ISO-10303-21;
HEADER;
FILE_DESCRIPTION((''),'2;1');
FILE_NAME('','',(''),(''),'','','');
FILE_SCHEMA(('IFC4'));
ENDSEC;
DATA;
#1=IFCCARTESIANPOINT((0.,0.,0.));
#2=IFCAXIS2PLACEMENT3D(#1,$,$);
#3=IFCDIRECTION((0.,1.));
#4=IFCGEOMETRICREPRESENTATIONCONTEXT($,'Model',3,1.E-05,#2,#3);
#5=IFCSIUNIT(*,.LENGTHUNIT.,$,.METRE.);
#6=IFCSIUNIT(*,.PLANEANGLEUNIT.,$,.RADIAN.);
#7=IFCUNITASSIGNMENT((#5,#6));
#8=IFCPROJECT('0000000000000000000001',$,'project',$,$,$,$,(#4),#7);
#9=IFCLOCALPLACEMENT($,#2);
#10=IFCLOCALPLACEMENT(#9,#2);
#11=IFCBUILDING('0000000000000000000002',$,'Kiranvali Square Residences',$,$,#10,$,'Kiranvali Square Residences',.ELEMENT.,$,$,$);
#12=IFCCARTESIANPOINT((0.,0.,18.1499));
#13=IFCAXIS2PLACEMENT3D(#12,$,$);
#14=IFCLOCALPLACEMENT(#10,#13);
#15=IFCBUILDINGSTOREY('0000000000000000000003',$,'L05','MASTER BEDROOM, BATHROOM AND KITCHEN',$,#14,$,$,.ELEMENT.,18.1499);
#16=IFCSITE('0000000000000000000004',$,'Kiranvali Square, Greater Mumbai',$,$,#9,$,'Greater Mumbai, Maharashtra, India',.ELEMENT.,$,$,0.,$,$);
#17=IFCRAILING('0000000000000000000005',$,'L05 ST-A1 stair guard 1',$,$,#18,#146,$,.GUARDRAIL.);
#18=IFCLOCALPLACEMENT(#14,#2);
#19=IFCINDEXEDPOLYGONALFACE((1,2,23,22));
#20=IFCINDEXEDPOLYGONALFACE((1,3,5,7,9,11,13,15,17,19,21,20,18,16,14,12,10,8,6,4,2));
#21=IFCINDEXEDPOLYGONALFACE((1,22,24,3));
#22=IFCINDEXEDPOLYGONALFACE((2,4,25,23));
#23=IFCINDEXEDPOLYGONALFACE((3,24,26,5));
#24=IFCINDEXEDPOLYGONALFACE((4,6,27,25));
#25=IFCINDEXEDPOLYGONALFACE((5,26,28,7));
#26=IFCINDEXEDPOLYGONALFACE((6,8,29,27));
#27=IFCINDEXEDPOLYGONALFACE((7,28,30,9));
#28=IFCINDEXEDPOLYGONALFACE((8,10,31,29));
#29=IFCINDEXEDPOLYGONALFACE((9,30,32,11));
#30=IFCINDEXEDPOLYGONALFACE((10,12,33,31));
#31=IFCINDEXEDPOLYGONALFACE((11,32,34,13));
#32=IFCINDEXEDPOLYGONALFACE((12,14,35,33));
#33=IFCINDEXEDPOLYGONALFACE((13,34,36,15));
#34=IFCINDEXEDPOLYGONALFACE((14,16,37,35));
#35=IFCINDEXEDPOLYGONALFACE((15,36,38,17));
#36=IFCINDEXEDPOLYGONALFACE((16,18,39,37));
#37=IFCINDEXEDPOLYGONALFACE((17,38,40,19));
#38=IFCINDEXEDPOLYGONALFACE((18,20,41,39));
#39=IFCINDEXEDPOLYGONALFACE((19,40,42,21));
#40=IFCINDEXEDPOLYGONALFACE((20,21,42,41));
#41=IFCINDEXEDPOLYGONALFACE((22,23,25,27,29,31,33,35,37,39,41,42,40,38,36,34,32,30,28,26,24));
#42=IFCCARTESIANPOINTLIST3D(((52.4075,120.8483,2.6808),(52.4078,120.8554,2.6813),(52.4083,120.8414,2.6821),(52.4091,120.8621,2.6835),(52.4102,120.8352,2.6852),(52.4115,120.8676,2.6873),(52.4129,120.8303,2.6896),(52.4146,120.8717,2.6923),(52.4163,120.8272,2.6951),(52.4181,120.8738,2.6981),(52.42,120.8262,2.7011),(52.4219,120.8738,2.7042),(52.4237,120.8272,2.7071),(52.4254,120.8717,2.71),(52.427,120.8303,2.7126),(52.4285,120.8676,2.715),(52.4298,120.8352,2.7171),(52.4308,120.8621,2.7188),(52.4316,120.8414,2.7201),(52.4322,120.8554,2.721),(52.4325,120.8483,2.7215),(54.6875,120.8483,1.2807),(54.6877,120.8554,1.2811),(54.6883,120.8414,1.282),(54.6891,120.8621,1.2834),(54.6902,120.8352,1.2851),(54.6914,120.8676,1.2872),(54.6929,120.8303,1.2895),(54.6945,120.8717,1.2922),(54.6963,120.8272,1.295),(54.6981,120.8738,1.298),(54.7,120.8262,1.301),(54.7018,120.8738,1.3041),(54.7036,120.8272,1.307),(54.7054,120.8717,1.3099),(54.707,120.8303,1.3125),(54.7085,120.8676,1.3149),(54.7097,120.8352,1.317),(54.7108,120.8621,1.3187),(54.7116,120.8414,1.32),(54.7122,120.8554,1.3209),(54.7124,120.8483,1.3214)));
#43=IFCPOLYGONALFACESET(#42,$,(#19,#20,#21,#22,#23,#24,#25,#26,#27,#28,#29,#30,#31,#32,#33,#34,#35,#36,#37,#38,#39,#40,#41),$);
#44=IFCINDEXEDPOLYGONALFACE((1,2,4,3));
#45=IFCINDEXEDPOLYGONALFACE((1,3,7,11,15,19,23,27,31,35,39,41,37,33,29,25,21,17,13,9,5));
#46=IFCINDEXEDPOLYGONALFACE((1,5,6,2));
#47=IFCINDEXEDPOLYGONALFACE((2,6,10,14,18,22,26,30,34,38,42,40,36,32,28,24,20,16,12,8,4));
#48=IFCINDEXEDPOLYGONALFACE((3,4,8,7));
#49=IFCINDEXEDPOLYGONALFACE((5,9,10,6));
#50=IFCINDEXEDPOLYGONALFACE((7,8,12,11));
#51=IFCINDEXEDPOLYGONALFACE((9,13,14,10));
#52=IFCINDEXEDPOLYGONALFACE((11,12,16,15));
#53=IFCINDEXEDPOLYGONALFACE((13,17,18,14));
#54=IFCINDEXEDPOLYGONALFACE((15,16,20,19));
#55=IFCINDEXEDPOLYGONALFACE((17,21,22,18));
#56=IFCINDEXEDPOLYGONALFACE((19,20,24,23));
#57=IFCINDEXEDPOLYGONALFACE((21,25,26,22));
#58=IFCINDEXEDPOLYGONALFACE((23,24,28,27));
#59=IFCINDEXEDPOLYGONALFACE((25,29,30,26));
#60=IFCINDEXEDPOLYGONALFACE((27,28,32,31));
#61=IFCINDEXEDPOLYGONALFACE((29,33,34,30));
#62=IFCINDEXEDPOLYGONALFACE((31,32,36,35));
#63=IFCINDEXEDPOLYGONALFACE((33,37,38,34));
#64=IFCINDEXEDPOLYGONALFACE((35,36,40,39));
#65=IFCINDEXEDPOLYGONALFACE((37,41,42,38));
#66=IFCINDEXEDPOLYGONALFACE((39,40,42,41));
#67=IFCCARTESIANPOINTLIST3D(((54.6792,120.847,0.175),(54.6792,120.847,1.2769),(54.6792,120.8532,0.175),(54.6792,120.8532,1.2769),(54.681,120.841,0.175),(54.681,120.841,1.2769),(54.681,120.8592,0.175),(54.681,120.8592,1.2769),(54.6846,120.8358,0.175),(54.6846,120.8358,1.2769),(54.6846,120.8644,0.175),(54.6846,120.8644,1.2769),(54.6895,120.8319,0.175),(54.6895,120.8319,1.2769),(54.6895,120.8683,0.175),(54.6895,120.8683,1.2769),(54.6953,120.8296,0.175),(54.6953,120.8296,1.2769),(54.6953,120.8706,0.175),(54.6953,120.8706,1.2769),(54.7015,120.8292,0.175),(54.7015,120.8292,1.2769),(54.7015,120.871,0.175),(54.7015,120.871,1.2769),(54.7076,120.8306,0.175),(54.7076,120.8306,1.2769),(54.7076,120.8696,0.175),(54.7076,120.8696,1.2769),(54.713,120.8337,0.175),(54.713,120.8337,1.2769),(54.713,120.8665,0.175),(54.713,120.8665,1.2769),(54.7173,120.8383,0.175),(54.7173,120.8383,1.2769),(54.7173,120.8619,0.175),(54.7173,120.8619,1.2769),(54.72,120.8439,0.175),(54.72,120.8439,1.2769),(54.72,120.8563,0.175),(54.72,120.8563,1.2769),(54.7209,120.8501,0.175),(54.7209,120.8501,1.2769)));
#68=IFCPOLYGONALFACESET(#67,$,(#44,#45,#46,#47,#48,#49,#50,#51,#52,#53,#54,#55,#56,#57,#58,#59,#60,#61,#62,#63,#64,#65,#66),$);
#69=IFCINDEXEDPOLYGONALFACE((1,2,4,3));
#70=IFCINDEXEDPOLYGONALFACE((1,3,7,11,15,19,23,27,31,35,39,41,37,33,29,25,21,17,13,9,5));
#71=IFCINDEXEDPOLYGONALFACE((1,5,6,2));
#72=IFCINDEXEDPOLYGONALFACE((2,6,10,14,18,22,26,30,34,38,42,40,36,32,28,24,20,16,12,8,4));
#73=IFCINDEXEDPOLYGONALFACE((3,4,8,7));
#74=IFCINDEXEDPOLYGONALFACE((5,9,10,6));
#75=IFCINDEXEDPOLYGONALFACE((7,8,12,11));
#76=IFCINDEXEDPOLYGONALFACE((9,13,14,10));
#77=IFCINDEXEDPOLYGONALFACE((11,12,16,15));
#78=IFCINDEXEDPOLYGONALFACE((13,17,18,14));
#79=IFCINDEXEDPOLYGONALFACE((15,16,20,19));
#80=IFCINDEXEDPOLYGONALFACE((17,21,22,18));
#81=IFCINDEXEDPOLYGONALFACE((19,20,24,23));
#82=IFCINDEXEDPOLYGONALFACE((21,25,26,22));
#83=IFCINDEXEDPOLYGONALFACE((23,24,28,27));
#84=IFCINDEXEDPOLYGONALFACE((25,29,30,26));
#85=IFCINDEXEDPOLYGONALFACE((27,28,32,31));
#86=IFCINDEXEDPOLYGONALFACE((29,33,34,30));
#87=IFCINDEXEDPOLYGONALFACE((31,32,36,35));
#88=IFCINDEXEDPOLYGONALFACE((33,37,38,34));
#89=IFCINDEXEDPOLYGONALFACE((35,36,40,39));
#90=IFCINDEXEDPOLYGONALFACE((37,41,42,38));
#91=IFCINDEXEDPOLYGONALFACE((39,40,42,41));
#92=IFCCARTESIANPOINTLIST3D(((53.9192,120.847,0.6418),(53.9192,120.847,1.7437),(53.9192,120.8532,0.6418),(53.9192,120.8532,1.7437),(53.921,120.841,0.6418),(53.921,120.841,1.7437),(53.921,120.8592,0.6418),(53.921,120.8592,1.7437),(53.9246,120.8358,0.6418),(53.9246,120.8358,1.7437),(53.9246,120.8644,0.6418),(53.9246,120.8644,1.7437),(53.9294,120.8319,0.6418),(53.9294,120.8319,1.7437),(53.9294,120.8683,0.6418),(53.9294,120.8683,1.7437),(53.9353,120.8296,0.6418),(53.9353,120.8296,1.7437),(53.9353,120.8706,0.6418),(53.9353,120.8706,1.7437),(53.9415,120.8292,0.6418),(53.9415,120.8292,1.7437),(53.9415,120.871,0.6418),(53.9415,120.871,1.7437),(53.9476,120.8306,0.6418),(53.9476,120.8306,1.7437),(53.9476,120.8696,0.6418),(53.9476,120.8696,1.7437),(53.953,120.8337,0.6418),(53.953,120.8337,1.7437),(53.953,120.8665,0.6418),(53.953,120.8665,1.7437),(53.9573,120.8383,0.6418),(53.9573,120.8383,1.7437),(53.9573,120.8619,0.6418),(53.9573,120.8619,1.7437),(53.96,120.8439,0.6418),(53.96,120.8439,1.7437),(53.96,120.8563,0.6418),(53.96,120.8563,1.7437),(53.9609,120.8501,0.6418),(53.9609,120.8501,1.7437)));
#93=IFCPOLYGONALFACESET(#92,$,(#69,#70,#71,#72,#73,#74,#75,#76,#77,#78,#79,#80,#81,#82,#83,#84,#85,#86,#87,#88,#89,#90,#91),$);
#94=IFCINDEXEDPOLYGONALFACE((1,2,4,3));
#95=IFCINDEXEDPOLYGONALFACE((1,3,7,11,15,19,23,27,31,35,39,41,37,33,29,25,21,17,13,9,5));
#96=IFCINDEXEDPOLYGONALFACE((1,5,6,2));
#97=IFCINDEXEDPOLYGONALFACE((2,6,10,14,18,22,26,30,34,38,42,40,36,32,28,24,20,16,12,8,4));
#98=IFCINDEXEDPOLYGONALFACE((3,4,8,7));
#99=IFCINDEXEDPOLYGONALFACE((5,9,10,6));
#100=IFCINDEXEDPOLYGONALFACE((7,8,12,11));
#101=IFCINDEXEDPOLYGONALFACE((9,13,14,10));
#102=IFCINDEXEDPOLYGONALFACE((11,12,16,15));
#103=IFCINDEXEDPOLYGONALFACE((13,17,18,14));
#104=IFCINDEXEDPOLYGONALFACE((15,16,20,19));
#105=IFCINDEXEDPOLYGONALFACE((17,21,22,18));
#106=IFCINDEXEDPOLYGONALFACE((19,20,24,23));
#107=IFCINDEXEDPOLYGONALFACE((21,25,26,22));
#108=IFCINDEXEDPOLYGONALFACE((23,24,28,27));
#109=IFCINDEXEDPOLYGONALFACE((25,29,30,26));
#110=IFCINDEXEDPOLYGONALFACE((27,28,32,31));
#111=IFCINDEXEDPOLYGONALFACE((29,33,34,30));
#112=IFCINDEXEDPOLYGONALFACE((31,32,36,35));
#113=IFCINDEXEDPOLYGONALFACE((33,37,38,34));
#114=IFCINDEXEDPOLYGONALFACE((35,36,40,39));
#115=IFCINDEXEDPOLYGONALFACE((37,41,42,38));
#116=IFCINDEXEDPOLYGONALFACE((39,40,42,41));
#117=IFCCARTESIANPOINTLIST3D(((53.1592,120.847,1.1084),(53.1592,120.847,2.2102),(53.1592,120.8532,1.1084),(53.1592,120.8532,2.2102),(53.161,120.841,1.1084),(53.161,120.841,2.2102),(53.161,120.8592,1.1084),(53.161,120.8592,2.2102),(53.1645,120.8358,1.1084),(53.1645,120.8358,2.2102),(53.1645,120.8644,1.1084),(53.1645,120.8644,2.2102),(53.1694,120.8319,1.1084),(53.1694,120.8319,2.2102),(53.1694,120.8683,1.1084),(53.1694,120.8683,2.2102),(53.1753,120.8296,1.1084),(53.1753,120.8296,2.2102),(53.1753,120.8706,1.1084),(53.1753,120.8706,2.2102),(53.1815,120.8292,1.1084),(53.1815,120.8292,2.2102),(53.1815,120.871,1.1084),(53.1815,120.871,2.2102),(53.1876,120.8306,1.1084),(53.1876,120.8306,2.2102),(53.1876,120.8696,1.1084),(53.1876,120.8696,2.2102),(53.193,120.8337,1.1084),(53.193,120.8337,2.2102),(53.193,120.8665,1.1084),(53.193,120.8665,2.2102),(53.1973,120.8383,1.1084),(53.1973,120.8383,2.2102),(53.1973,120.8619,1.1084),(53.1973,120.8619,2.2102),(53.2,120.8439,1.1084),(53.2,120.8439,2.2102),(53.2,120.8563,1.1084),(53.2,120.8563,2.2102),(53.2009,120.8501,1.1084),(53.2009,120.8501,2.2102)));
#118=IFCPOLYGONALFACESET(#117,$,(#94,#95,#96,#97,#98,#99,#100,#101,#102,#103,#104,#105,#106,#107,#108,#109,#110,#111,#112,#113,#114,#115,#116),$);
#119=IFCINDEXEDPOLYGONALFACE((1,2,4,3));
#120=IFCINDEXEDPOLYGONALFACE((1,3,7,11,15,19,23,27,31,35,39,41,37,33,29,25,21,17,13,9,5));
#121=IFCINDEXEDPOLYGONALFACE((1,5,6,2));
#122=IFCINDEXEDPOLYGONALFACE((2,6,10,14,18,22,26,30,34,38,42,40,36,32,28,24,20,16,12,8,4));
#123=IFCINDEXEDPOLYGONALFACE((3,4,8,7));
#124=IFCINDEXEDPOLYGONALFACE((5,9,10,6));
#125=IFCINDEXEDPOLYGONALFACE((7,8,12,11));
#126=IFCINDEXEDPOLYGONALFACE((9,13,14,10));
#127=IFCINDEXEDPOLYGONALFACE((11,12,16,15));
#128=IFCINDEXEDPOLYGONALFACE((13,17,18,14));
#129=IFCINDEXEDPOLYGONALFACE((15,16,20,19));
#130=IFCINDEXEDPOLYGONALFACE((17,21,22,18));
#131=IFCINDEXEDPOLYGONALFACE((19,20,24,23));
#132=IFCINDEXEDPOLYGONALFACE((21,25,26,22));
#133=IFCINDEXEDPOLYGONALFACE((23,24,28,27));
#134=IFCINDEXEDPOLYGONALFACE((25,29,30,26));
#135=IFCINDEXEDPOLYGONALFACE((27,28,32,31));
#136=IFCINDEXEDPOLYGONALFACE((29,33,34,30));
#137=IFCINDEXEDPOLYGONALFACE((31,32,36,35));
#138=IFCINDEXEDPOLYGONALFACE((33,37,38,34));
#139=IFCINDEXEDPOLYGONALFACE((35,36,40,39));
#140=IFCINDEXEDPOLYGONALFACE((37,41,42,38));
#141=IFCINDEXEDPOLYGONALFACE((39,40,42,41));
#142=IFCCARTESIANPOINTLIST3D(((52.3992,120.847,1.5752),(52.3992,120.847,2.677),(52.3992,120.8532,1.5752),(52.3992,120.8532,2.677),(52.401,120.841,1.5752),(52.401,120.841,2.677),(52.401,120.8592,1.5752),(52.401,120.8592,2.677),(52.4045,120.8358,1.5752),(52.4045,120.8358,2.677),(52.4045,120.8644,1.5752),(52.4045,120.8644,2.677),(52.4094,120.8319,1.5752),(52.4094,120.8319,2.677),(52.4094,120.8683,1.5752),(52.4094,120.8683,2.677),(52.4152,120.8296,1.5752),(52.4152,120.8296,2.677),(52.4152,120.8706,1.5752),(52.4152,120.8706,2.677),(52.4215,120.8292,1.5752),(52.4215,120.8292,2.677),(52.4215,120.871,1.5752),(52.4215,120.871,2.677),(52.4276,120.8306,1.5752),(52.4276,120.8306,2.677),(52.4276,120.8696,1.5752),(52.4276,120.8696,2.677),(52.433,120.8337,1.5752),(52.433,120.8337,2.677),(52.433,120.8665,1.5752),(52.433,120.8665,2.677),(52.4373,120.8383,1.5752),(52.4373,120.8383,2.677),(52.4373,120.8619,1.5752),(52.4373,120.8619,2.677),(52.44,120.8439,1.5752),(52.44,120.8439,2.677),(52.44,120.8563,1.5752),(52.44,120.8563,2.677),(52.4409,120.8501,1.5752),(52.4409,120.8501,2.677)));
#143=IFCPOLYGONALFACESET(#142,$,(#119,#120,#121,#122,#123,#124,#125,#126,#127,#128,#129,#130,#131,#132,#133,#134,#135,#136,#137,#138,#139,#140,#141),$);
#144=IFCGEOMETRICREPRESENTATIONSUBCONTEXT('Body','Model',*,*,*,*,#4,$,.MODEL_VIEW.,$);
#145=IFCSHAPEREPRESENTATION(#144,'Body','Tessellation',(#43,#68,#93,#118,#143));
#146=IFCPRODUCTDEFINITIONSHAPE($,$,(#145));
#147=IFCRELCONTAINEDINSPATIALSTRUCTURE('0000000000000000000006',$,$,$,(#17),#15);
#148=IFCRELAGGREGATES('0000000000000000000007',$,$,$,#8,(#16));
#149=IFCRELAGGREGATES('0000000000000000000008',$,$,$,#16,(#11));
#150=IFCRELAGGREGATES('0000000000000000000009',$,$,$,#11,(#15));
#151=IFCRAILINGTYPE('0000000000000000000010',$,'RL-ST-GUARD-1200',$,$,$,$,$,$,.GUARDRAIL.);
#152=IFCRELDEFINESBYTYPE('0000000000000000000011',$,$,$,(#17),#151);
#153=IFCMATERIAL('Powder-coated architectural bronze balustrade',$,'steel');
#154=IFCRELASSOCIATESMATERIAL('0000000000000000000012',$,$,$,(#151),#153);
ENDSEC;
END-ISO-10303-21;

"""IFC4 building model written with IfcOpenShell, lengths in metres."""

from ifc_helpers import new_model, si_unit, direction, frame, origin, origin_2d, place, context, subcontext, project, spatial, circle, extrude, material, type_object, element, save


model = new_model("IFC4")

# Units and contexts
model_context = context("Model", 3, precision=1e-05, world=origin(), true_north=direction((0.0, 1.0)))
body_context = subcontext(model_context, "Body", "Model", "MODEL_VIEW")
ifc_project = project(units=[si_unit("LENGTHUNIT", "METRE"), si_unit("PLANEANGLEUNIT", "RADIAN")], contexts=[model_context])

# Site, building, storey
site_placement = place(None, origin())
site = spatial("IfcSite", under=ifc_project, at=site_placement, Name="Kiranvali Square, Greater Mumbai", LongName="Greater Mumbai, Maharashtra, India", CompositionType="ELEMENT", RefElevation=0.0)
building_placement = place(site_placement, origin())
building = spatial("IfcBuilding", under=site, at=building_placement, Name="Kiranvali Square Residences", LongName="Kiranvali Square Residences", CompositionType="ELEMENT")
storey_placement = place(building_placement, frame((0.0, 0.0, 18.1499)))
storey = spatial("IfcBuildingStorey", under=building, at=storey_placement, Name="L05", Description="MASTER BEDROOM, BATHROOM AND KITCHEN", CompositionType="ELEMENT", Elevation=18.1499)

# Railing
ifc_material_1 = material(Name="Powder-coated architectural bronze balustrade", Category="steel")
railing_type_1 = type_object("IfcRailingType", Name="RL-ST-GUARD-1200", PredefinedType="GUARDRAIL", material=ifc_material_1)
railing_1_placement = place(storey_placement, frame((54.7, 120.8501, 0.175)))
element("IfcRailing", 1, at=railing_1_placement, inside=storey, type_object=railing_type_1, Name="L05 ST-A1 stair guard 1", PredefinedType="GUARDRAIL", context=body_context, shape_type="SweptSolid", body=[
    extrude(circle(Radius=0.0239, at=origin_2d()), frame((0.0, 0.0, 1.126), z_axis=(-0.85215, 0.0, 0.523298), x_axis=(0.0, -1.0, 0.0)), (0.0, 0.0, 1.0), 2.6755),
    extrude(circle(Radius=0.021, at=origin_2d()), origin(), (0.0, 0.0, 1.0), 1.1018),
    extrude(circle(Radius=0.021, at=origin_2d()), frame((-0.76, 0.0, 0.4668)), (0.0, 0.0, 1.0), 1.1018),
    extrude(circle(Radius=0.021, at=origin_2d()), frame((-1.52, 0.0, 0.9333)), (0.0, 0.0, 1.0), 1.1018),
    extrude(circle(Radius=0.021, at=origin_2d()), frame((-2.28, 0.0, 1.4001)), (0.0, 0.0, 1.0), 1.1018),
])

save(model, "model.ifc")
